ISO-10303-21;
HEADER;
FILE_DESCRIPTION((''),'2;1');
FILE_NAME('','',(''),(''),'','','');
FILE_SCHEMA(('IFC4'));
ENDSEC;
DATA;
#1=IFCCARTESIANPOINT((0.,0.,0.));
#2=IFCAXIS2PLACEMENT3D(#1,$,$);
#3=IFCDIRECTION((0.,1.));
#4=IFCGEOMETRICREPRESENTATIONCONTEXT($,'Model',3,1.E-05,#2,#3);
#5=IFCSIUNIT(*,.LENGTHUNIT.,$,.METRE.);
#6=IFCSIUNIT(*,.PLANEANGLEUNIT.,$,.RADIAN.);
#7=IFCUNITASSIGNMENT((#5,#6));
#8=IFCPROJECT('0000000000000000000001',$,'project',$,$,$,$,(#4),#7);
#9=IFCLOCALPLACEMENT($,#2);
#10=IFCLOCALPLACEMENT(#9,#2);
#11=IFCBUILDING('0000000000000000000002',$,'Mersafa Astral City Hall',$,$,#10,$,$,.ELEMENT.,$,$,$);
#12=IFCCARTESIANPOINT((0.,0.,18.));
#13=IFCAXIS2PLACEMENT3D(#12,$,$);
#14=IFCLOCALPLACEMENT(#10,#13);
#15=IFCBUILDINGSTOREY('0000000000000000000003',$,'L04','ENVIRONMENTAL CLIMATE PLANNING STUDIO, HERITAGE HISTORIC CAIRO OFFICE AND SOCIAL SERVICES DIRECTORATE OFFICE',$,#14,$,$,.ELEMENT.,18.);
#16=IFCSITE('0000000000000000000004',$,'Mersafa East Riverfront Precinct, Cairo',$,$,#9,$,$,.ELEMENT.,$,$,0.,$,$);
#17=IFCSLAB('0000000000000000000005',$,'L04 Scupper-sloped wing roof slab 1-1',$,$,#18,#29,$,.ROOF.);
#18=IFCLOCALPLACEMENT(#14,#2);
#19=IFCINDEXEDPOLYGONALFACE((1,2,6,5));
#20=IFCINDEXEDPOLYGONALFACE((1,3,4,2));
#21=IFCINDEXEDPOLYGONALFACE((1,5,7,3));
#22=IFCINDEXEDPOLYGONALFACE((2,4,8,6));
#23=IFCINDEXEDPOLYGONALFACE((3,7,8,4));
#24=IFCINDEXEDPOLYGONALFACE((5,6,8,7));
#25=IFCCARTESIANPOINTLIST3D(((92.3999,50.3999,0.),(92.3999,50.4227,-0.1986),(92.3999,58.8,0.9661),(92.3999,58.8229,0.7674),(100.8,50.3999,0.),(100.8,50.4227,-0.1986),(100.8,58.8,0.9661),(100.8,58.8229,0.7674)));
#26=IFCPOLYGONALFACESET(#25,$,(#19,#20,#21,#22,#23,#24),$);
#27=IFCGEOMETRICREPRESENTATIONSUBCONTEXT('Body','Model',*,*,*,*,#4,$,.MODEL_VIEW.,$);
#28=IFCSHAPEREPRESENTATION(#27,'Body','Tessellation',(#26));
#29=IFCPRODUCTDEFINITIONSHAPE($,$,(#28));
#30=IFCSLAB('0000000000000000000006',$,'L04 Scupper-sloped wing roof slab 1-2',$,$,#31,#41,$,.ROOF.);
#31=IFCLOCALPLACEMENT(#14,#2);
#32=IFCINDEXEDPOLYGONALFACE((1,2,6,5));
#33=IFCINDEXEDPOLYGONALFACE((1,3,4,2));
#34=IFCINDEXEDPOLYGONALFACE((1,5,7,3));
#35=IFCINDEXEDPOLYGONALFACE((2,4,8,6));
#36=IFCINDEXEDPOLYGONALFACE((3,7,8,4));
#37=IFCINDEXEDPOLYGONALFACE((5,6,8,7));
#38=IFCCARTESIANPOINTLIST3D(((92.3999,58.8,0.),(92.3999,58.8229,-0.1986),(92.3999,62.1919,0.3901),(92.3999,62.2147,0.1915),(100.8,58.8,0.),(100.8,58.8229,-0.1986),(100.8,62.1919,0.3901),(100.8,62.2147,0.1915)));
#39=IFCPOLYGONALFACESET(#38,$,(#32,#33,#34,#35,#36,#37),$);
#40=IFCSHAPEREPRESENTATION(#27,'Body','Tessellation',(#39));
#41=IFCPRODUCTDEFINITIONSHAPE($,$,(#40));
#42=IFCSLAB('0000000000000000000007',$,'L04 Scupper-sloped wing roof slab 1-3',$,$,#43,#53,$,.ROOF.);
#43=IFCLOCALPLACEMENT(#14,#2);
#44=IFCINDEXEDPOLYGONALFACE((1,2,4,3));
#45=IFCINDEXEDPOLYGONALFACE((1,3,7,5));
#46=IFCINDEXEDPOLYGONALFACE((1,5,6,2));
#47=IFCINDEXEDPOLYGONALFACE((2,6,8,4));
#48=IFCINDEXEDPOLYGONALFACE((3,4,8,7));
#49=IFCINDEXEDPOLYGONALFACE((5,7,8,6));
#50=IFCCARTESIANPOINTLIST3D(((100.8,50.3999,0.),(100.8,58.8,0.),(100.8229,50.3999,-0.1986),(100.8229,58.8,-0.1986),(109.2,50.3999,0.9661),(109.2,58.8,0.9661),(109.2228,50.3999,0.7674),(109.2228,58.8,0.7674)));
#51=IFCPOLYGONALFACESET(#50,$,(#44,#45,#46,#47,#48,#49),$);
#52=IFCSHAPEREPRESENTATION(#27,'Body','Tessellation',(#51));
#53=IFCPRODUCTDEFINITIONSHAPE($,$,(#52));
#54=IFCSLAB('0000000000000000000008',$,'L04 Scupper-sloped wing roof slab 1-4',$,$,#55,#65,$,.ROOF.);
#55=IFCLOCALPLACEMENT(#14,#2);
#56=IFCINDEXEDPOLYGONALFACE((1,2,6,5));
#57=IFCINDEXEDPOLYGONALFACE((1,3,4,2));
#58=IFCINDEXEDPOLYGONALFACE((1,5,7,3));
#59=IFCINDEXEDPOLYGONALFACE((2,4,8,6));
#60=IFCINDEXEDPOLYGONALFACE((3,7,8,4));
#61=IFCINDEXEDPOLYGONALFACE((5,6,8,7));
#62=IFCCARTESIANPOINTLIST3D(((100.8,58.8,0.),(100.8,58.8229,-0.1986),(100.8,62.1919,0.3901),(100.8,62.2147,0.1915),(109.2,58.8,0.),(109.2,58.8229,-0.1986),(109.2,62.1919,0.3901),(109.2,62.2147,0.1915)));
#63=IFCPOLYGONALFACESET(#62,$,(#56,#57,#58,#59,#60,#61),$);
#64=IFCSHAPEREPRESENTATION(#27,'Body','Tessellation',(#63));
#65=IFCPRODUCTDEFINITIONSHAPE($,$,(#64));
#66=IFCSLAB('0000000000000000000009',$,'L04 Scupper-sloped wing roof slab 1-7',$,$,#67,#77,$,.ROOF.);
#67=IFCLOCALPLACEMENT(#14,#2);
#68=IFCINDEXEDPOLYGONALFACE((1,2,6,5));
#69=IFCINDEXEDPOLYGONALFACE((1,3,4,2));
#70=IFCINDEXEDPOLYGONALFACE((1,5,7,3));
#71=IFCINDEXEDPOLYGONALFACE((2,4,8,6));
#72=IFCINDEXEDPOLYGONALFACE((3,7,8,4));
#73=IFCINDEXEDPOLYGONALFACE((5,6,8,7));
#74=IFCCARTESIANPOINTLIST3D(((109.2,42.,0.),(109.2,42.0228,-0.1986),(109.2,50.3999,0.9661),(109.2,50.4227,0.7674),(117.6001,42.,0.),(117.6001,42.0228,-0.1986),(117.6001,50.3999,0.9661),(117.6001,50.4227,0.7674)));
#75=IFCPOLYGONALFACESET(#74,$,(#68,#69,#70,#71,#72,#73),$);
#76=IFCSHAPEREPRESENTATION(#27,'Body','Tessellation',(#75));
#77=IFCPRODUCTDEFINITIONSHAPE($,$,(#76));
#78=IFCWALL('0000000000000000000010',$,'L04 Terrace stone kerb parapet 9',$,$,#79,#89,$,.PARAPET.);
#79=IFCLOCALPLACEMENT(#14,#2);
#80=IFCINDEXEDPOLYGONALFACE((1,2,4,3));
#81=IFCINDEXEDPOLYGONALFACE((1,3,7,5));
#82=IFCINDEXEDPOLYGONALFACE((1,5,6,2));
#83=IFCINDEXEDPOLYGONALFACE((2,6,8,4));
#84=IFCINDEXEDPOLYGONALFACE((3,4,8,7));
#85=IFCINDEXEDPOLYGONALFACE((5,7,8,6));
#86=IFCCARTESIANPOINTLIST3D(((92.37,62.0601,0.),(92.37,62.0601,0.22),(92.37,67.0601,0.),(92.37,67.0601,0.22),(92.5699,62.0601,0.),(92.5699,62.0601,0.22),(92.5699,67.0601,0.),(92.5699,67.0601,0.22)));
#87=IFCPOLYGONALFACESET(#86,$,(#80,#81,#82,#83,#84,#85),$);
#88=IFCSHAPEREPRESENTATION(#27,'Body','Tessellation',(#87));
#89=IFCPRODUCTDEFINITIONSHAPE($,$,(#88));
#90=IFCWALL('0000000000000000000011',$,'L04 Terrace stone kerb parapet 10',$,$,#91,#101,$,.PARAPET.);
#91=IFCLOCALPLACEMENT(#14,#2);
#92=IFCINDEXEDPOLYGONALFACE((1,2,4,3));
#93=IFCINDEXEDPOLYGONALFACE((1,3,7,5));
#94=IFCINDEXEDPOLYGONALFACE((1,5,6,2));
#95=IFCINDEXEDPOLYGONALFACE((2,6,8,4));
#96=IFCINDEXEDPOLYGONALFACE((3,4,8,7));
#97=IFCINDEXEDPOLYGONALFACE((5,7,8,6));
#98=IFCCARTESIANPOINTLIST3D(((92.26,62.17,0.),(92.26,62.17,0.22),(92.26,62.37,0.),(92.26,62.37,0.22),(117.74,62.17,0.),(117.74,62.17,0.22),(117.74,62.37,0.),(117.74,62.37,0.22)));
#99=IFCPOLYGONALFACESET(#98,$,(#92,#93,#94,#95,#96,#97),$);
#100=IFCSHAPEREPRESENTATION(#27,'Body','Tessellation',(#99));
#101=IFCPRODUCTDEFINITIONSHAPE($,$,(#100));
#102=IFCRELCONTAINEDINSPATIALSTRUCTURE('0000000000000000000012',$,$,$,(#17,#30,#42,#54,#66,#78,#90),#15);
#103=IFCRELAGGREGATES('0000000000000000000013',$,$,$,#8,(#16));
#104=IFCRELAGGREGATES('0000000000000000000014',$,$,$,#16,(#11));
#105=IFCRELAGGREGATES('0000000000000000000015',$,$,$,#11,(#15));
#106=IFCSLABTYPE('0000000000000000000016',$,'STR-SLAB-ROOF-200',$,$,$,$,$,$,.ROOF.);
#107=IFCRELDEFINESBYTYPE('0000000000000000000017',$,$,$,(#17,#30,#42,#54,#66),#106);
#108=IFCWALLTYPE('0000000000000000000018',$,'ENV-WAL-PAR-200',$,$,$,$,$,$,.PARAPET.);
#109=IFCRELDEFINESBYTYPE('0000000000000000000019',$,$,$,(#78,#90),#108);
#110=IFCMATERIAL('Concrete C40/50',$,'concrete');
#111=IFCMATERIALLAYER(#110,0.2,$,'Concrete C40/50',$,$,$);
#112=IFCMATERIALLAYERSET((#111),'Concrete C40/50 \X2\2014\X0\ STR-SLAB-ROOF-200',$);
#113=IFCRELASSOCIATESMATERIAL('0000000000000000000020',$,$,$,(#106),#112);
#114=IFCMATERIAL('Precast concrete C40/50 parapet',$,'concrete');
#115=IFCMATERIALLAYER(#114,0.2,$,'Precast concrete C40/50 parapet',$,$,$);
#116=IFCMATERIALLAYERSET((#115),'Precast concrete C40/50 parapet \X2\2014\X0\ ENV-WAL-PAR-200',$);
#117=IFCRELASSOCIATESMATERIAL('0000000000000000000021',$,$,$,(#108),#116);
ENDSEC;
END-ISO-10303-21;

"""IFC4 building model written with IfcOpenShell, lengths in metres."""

from ifc_helpers import new_model, si_unit, direction, frame, frame_2d, origin, place, context, subcontext, project, spatial, polyline, rectangle, outline, extrude, material, layer, layer_set, type_object, element, save


model = new_model("IFC4")

# Units and contexts
model_context = context("Model", 3, precision=1e-05, world=origin(), true_north=direction((0.0, 1.0)))
body_context = subcontext(model_context, "Body", "Model", "MODEL_VIEW")
ifc_project = project(units=[si_unit("LENGTHUNIT", "METRE"), si_unit("PLANEANGLEUNIT", "RADIAN")], contexts=[model_context])

# Site, building, storey
site_placement = place(None, origin())
site = spatial("IfcSite", under=ifc_project, at=site_placement, Name="Mersafa East Riverfront Precinct, Cairo", CompositionType="ELEMENT", RefElevation=0.0)
building_placement = place(site_placement, origin())
building = spatial("IfcBuilding", under=site, at=building_placement, Name="Mersafa Astral City Hall", CompositionType="ELEMENT")
storey_placement = place(building_placement, frame((0.0, 0.0, 18.0)))
storey = spatial("IfcBuildingStorey", under=building, at=storey_placement, Name="L04", Description="ENVIRONMENTAL CLIMATE PLANNING STUDIO, HERITAGE HISTORIC CAIRO OFFICE AND SOCIAL SERVICES DIRECTORATE OFFICE", CompositionType="ELEMENT", Elevation=18.0)

# Shared definitions
ifc_material_1 = material(Name="Concrete C40/50", Category="concrete")

# Slabs
ifc_layer_1 = layer(ifc_material_1, 0.2, Name="Concrete C40/50")
ifc_layer_set_1 = layer_set([ifc_layer_1], Name="Concrete C40/50 — STR-SLAB-ROOF-200")
slab_type = type_object("IfcSlabType", Name="STR-SLAB-ROOF-200", PredefinedType="ROOF", material=ifc_layer_set_1)
slab_1_placement = place(storey_placement, frame((92.3999, 50.3999, 0.0), z_axis=(0.0, -0.114253, 0.993452), x_axis=(1.0, 0.0, 0.0)))
element("IfcSlab", 1, at=slab_1_placement, inside=storey, type_object=slab_type, Name="L04 Scupper-sloped wing roof slab 1-1", PredefinedType="ROOF", context=body_context, shape_type="SweptSolid", body=[
    extrude(outline(polyline([(0.0, 0.0), (8.4001, 0.0), (8.4001, 8.4555), (0.0, 8.4555), (0.0, 0.0)])), origin(), (0.0, 0.0, -1.0), 0.2),
])
slab_2_placement = place(storey_placement, frame((92.3999, 62.1919, 0.3901), z_axis=(0.0, -0.114269, 0.99345), x_axis=(0.0, -0.99345, -0.114269)))
element("IfcSlab", 2, at=slab_2_placement, inside=storey, type_object=slab_type, Name="L04 Scupper-sloped wing roof slab 1-2", PredefinedType="ROOF", context=body_context, shape_type="SweptSolid", body=[
    extrude(outline(polyline([(0.0, 0.0), (3.4142, 0.0), (3.4142, 8.4001), (0.0, 8.4001), (0.0, 0.0)])), origin(), (0.0, 0.0, -1.0), 0.2),
])
slab_3_placement = place(storey_placement, frame((100.8, 50.3999, 0.0), z_axis=(-0.114256, 0.0, 0.993451), x_axis=(0.993451, 0.0, 0.114256)))
element("IfcSlab", 3, at=slab_3_placement, inside=storey, type_object=slab_type, Name="L04 Scupper-sloped wing roof slab 1-3", PredefinedType="ROOF", context=body_context, shape_type="SweptSolid", body=[
    extrude(outline(polyline([(0.0, 0.0), (8.4553, 0.0), (8.4553, 8.4001), (0.0, 8.4001), (0.0, 0.0)])), origin(), (0.0, 0.0, -1.0), 0.2),
])
slab_4_placement = place(storey_placement, frame((109.2, 62.1919, 0.3901), z_axis=(0.0, -0.114269, 0.99345), x_axis=(-1.0, 0.0, 0.0)))
element("IfcSlab", 4, at=slab_4_placement, inside=storey, type_object=slab_type, Name="L04 Scupper-sloped wing roof slab 1-4", PredefinedType="ROOF", context=body_context, shape_type="SweptSolid", body=[
    extrude(outline(polyline([(0.0, 0.0), (8.3999, 0.0), (8.3999, 3.4142), (0.0, 3.4142), (0.0, 0.0)])), origin(), (0.0, 0.0, -1.0), 0.2),
])
slab_5_placement = place(storey_placement, frame((109.2, 50.3999, 0.9661), z_axis=(0.0, -0.114256, 0.993451), x_axis=(0.0, -0.993451, -0.114256)))
element("IfcSlab", 5, at=slab_5_placement, inside=storey, type_object=slab_type, Name="L04 Scupper-sloped wing roof slab 1-7", PredefinedType="ROOF", context=body_context, shape_type="SweptSolid", body=[
    extrude(outline(polyline([(0.0, 0.0), (8.4553, 0.0), (8.4553, 8.4001), (0.0, 8.4001), (0.0, 0.0)])), origin(), (0.0, 0.0, -1.0), 0.2),
])

# Walls
ifc_material_2 = material(Name="Precast concrete C40/50 parapet", Category="concrete")
ifc_layer_2 = layer(ifc_material_2, 0.2, Name="Precast concrete C40/50 parapet")
ifc_layer_set_2 = layer_set([ifc_layer_2], Name="Precast concrete C40/50 parapet — ENV-WAL-PAR-200")
wall_type = type_object("IfcWallType", Name="ENV-WAL-PAR-200", PredefinedType="PARAPET", material=ifc_layer_set_2)
wall_1_placement = place(storey_placement, frame((92.47, 67.0601, 0.0), z_axis=(0.0, 0.0, 1.0), x_axis=(0.0, -1.0, 0.0)))
element("IfcWall", 6, at=wall_1_placement, inside=storey, type_object=wall_type, Name="L04 Terrace stone kerb parapet 9", PredefinedType="PARAPET", context=body_context, shape_type="SweptSolid", body=[
    extrude(rectangle(XDim=5.0, YDim=0.2, at=frame_2d((2.5, 0.0))), origin(), (0.0, 0.0, 1.0), 0.22),
])
wall_2_placement = place(storey_placement, frame((92.26, 62.27, 0.0), z_axis=(0.0, 0.0, 1.0), x_axis=(1.0, 0.0, 0.0)))
element("IfcWall", 7, at=wall_2_placement, inside=storey, type_object=wall_type, Name="L04 Terrace stone kerb parapet 10", PredefinedType="PARAPET", context=body_context, shape_type="SweptSolid", body=[
    extrude(rectangle(XDim=25.48, YDim=0.2, at=frame_2d((12.74, 0.0))), origin(), (0.0, 0.0, 1.0), 0.22),
])

save(model, "model.ifc")
